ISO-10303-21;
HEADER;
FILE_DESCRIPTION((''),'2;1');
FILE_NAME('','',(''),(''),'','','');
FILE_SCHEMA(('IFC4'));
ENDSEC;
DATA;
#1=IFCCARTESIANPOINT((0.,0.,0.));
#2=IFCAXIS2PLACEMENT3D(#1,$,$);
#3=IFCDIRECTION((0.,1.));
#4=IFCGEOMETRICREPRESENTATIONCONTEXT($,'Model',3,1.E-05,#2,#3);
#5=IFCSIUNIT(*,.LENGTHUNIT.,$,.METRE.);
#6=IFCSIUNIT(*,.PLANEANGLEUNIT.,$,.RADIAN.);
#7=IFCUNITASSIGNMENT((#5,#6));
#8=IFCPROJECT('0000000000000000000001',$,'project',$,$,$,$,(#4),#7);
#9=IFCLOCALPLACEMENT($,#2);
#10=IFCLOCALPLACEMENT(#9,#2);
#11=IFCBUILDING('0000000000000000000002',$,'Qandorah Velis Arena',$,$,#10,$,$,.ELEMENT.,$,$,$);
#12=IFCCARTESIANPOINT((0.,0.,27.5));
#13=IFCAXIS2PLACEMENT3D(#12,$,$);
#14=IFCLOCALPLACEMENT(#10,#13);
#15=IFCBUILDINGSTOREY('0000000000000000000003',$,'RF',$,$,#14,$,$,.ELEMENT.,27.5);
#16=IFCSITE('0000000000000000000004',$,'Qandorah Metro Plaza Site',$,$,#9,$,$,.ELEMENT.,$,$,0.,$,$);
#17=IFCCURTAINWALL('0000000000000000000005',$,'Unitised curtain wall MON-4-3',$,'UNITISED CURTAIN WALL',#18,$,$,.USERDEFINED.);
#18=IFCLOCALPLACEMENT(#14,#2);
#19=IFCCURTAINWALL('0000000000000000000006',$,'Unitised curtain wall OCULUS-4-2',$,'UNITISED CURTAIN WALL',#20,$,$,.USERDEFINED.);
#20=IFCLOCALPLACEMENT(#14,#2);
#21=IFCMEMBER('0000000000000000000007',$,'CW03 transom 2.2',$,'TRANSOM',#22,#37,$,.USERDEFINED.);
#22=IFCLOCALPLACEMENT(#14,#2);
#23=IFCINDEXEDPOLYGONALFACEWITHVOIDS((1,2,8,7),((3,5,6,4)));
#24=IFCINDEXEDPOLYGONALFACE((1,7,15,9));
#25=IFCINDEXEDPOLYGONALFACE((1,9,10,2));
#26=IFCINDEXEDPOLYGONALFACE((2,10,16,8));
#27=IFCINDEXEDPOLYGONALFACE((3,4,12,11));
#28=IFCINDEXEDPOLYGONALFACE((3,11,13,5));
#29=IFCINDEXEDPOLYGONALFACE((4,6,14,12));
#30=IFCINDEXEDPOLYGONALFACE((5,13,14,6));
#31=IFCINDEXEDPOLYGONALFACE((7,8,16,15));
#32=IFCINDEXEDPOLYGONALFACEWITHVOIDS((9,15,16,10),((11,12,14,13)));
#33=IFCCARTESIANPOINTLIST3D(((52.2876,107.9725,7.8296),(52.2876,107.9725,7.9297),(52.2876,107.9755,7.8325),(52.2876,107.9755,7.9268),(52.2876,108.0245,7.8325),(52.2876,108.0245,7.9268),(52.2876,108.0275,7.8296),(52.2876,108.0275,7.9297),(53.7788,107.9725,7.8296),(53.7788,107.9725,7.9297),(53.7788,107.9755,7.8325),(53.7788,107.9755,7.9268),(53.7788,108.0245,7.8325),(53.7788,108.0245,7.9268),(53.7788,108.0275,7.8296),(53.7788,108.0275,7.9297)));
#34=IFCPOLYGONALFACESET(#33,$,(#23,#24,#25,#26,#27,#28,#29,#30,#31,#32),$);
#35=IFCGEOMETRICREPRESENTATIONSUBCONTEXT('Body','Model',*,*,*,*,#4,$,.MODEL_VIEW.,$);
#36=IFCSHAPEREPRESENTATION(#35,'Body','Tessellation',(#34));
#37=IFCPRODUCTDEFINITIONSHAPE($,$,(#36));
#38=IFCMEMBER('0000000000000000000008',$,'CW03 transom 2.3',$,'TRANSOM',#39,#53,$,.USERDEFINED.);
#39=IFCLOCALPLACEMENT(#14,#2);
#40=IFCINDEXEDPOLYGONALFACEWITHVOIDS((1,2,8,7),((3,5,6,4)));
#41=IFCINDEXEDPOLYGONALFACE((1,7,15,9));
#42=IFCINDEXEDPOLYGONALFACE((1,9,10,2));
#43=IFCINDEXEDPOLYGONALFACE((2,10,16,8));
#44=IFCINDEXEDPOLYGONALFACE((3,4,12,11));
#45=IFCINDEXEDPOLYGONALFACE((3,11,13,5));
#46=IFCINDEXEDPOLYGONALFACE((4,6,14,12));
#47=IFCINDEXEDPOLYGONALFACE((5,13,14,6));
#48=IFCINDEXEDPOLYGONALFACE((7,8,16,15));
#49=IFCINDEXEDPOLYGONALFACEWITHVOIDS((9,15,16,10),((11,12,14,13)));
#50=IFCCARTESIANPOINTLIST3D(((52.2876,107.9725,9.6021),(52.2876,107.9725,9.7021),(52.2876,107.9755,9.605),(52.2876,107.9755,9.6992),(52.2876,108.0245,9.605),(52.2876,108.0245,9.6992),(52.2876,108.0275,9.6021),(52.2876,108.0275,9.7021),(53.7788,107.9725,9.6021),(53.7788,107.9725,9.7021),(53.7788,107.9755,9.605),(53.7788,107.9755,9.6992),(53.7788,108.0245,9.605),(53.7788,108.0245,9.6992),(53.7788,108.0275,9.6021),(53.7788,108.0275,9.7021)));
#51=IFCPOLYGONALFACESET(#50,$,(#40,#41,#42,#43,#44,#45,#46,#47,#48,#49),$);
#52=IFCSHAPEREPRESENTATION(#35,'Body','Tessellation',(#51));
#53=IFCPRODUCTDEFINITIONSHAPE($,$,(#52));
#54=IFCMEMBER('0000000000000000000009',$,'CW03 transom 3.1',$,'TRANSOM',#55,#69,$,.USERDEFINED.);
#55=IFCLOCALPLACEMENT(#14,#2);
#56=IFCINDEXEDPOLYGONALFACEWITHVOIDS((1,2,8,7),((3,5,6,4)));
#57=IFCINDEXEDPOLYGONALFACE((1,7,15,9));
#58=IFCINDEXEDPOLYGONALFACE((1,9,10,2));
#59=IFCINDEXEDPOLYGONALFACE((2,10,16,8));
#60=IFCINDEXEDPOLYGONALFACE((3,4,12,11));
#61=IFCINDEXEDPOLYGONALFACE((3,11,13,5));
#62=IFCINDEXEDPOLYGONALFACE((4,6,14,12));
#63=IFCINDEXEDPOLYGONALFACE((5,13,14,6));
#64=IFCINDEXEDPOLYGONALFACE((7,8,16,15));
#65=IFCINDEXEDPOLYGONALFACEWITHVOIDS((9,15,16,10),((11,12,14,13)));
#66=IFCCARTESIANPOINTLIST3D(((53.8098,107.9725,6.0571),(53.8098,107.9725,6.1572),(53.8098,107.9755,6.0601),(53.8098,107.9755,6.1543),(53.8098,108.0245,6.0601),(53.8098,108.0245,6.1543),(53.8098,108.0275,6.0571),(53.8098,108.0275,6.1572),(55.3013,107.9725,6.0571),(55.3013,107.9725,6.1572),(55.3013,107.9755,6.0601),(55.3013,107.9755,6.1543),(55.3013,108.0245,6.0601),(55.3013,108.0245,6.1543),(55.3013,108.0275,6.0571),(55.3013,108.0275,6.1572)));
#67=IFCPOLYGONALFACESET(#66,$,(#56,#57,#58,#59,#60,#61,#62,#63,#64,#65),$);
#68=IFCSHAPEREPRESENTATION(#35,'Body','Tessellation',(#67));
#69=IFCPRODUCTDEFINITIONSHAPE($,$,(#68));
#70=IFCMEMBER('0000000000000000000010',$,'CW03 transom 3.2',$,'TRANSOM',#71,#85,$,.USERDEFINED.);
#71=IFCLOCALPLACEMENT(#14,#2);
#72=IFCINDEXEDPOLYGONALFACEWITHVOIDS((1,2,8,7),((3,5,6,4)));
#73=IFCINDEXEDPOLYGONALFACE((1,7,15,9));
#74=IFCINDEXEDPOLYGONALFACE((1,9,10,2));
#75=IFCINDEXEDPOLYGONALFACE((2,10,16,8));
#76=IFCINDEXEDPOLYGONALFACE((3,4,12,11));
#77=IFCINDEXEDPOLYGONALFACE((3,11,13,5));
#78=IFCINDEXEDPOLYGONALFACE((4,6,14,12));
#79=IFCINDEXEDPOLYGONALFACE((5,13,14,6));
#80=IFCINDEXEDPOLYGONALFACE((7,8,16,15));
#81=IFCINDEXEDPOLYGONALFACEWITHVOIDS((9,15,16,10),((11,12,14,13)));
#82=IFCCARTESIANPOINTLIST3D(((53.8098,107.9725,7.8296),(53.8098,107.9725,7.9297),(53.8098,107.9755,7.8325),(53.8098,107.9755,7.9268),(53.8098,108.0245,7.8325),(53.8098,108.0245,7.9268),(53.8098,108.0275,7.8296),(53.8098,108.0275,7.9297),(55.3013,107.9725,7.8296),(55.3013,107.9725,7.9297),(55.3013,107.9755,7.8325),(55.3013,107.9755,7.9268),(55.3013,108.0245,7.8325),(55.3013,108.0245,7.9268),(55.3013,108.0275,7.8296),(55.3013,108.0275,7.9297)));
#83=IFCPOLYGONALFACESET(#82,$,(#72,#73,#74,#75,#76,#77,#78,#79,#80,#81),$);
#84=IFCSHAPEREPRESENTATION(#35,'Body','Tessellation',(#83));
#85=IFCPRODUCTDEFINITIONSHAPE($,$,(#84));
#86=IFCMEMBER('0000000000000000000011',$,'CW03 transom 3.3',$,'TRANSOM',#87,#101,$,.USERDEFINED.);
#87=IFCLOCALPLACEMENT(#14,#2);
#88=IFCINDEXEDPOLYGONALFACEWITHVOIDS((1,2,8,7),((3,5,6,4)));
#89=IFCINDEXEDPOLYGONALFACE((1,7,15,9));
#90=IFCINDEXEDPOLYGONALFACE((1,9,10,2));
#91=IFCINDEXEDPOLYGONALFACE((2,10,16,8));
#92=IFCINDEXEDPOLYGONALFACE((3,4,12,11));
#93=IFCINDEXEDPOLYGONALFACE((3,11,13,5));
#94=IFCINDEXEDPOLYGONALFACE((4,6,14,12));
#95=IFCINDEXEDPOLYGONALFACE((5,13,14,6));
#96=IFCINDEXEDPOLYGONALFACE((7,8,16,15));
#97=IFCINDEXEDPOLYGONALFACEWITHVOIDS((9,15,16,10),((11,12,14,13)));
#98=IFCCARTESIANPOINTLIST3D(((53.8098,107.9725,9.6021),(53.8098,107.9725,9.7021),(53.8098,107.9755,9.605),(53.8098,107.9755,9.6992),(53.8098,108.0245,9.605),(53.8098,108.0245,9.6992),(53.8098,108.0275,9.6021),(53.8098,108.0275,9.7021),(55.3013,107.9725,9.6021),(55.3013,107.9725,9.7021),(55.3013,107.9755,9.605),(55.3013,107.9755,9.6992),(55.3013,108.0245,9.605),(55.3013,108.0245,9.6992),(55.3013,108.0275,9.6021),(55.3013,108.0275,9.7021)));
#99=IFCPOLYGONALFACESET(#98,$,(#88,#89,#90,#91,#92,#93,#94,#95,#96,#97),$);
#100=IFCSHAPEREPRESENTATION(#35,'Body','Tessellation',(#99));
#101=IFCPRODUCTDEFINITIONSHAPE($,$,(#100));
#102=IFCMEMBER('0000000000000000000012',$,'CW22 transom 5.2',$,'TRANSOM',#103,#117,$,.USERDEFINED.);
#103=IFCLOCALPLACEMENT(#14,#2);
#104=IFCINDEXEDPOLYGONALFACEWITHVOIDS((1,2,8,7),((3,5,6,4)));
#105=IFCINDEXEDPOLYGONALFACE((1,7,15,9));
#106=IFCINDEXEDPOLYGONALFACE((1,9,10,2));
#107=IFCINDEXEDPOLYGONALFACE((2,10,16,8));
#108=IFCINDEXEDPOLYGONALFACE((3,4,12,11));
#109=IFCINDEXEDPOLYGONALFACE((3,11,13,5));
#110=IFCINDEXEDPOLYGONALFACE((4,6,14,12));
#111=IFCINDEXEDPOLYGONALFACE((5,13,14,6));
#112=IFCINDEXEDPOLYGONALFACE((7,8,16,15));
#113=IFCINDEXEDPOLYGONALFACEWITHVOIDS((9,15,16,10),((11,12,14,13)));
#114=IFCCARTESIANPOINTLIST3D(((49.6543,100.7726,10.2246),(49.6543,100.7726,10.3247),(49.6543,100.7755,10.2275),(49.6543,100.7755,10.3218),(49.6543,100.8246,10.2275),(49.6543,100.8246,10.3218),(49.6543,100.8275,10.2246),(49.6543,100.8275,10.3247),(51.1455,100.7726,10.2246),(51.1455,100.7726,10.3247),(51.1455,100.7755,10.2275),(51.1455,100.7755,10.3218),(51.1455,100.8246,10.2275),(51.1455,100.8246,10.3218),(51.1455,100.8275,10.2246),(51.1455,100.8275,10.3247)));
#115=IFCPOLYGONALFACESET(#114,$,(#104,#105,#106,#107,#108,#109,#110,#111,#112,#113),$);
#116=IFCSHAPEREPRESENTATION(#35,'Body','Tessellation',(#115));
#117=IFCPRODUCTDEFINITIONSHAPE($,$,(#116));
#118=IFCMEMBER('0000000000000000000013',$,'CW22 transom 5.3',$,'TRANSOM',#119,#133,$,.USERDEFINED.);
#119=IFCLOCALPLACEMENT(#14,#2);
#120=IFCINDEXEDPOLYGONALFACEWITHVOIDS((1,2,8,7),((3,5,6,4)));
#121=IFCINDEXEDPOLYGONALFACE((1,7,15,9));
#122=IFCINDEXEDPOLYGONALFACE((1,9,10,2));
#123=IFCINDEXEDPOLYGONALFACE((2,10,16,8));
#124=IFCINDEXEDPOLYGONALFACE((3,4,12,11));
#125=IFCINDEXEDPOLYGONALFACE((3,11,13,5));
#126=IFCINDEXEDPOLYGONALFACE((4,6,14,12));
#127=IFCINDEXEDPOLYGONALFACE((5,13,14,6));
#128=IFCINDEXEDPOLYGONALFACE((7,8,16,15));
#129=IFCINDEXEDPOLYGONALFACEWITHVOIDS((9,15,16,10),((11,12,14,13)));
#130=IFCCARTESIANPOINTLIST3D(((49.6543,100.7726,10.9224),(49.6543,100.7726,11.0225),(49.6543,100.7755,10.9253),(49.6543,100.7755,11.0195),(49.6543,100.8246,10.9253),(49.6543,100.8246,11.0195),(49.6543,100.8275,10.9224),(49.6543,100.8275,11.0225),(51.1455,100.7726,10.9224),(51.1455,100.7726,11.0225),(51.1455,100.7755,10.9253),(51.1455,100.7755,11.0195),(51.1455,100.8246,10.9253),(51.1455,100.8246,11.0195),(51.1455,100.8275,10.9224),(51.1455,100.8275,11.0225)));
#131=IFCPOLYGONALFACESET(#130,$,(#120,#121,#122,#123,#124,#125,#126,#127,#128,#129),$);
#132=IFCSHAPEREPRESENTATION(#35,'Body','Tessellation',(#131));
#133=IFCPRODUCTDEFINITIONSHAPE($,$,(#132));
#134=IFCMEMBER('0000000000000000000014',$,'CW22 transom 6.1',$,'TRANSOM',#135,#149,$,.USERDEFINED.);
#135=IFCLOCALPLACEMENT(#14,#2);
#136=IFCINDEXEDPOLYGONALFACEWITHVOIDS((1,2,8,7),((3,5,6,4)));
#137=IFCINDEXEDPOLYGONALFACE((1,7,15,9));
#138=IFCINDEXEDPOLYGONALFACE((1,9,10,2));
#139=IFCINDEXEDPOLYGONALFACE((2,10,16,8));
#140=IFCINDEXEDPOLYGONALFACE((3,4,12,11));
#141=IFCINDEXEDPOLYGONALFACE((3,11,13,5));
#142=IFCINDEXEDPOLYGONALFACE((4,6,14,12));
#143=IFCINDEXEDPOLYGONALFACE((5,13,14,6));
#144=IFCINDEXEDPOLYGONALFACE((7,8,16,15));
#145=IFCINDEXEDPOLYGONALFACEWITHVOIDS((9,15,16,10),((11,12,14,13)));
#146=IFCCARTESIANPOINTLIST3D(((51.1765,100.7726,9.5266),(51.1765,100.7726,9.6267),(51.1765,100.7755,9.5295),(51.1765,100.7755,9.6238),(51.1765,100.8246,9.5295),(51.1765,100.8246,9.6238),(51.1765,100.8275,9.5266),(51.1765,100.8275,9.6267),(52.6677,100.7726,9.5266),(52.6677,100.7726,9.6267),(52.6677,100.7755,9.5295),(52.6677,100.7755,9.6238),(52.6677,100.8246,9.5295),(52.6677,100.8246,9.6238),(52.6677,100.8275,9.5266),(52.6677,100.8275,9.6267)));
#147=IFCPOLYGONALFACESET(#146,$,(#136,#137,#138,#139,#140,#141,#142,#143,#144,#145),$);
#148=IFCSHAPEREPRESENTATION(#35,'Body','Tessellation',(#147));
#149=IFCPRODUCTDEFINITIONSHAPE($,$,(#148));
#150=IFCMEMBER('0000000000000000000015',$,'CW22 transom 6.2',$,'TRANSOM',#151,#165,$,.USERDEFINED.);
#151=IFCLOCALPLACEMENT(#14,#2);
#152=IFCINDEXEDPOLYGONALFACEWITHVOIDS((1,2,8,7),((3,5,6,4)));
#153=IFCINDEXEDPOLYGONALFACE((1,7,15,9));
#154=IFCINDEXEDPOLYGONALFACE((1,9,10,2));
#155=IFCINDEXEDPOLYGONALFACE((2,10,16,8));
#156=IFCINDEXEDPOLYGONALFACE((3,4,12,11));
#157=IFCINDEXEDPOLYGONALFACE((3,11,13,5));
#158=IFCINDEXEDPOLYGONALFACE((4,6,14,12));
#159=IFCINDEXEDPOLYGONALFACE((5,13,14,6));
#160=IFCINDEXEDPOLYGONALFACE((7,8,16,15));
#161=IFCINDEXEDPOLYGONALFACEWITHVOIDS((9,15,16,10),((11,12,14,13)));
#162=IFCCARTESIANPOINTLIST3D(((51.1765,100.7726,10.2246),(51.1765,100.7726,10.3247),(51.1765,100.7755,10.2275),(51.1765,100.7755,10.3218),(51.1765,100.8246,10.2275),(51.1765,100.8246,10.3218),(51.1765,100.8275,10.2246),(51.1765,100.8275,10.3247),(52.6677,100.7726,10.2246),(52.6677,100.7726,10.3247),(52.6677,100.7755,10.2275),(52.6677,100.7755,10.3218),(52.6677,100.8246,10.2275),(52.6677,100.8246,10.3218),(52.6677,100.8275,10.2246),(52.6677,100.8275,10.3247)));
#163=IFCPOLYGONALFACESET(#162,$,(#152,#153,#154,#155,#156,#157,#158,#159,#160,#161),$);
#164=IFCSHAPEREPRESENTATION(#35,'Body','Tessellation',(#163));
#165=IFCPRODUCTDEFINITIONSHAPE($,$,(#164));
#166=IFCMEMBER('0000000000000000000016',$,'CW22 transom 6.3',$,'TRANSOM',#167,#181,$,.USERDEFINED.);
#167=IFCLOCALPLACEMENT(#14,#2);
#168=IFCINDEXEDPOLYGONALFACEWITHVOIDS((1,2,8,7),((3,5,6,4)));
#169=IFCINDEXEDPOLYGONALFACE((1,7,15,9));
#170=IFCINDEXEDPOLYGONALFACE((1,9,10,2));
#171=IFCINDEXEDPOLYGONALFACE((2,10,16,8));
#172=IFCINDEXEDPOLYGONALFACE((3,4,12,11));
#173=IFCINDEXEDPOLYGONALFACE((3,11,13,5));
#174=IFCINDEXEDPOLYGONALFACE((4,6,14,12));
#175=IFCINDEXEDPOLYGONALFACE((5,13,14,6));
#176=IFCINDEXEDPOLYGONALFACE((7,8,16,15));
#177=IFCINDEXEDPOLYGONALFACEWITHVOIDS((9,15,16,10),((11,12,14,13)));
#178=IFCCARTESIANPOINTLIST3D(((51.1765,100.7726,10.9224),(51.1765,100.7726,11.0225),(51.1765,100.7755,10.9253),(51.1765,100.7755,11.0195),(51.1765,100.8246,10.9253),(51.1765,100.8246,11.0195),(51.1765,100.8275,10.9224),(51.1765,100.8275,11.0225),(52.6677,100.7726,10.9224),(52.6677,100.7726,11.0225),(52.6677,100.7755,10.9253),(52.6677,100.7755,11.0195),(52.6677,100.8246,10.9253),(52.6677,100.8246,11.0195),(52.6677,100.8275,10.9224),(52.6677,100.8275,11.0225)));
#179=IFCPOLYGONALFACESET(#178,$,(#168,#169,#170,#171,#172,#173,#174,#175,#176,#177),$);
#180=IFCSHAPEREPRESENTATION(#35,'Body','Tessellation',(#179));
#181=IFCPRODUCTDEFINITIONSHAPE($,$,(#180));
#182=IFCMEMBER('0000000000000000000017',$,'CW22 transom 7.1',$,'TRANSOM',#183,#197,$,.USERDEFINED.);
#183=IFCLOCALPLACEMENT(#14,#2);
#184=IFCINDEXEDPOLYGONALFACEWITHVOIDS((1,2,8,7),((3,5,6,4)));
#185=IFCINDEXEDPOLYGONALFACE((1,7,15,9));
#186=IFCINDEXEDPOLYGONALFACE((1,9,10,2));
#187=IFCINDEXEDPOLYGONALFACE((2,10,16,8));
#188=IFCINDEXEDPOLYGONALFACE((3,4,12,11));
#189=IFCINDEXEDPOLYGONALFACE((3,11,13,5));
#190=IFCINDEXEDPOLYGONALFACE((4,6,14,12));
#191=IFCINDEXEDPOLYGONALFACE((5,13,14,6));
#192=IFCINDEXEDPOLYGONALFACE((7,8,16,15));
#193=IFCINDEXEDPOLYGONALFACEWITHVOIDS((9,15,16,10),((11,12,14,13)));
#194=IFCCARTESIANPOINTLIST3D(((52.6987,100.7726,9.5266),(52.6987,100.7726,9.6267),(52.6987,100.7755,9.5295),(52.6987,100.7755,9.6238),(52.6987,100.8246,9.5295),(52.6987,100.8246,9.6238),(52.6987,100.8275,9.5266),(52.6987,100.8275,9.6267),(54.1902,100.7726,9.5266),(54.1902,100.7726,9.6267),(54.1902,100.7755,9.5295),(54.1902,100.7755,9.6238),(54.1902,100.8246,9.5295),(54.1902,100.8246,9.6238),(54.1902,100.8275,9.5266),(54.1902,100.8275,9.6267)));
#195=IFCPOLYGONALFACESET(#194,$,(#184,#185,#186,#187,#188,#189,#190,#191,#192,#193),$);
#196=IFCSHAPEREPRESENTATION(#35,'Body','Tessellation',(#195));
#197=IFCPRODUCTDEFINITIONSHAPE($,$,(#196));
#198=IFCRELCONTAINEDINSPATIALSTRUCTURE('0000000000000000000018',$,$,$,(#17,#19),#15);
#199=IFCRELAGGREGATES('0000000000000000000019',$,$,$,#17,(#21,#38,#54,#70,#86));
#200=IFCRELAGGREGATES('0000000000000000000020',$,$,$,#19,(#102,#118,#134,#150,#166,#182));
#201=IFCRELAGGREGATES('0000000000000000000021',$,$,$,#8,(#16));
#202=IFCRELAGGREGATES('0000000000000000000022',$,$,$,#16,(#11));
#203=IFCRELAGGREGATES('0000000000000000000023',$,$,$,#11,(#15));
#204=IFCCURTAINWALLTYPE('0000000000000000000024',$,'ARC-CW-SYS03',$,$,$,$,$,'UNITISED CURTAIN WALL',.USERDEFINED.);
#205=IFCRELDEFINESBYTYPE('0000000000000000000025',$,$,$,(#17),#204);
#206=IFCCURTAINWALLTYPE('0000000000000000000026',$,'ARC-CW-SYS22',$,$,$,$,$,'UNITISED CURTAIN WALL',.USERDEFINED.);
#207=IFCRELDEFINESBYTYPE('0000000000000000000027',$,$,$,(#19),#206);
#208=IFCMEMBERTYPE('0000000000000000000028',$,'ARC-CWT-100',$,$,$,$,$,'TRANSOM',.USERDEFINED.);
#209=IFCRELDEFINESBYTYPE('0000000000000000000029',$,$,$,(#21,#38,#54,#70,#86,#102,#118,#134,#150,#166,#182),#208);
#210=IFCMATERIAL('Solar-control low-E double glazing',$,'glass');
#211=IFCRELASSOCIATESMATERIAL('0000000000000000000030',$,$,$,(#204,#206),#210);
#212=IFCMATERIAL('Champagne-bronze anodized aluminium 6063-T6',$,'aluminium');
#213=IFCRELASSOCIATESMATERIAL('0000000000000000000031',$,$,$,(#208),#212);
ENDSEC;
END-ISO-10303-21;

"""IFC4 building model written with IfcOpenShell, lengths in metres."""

from ifc_helpers import new_model, si_unit, direction, frame, origin, origin_2d, place, context, subcontext, project, spatial, hollow_rectangle, extrude, material, material_profile, profile_set, type_object, element, aggregate, save


model = new_model("IFC4")

# Units and contexts
model_context = context("Model", 3, precision=1e-05, world=origin(), true_north=direction((0.0, 1.0)))
body_context = subcontext(model_context, "Body", "Model", "MODEL_VIEW")
ifc_project = project(units=[si_unit("LENGTHUNIT", "METRE"), si_unit("PLANEANGLEUNIT", "RADIAN")], contexts=[model_context])

# Site, building, storey
site_placement = place(None, origin())
site = spatial("IfcSite", under=ifc_project, at=site_placement, Name="Qandorah Metro Plaza Site", CompositionType="ELEMENT", RefElevation=0.0)
building_placement = place(site_placement, origin())
building = spatial("IfcBuilding", under=site, at=building_placement, Name="Qandorah Velis Arena", CompositionType="ELEMENT")
storey_placement = place(building_placement, frame((0.0, 0.0, 27.5)))
storey = spatial("IfcBuildingStorey", under=building, at=storey_placement, Name="RF", CompositionType="ELEMENT", Elevation=27.5)

# Shared definitions
ifc_material_1 = material(Name="Solar-control low-E double glazing", Category="glass")
ifc_material_2 = material(Name="Champagne-bronze anodized aluminium 6063-T6", Category="aluminium")

# Curtain walls
curtain_wall_type_1 = type_object("IfcCurtainWallType", Name="ARC-CW-SYS03", ElementType="UNITISED CURTAIN WALL", PredefinedType="USERDEFINED", material=ifc_material_1)
curtain_wall_1_placement = place(storey_placement, origin())
curtain_wall_1 = element("IfcCurtainWall", 1, at=curtain_wall_1_placement, inside=storey, type_object=curtain_wall_type_1, Name="Unitised curtain wall MON-4-3", ObjectType="UNITISED CURTAIN WALL", PredefinedType="USERDEFINED")
curtain_wall_type_2 = type_object("IfcCurtainWallType", Name="ARC-CW-SYS22", ElementType="UNITISED CURTAIN WALL", PredefinedType="USERDEFINED", material=ifc_material_1)
curtain_wall_2_placement = place(storey_placement, origin())
curtain_wall_2 = element("IfcCurtainWall", 2, at=curtain_wall_2_placement, inside=storey, type_object=curtain_wall_type_2, Name="Unitised curtain wall OCULUS-4-2", ObjectType="UNITISED CURTAIN WALL", PredefinedType="USERDEFINED")

# Members
ifc_material_profile_1 = material_profile(ifc_material_2, hollow_rectangle(XDim=0.0549, YDim=0.1001, WallThickness=0.0029, at=origin_2d()), Name="ALU TRANSOM 55x100")
ifc_profile_set_1 = profile_set([ifc_material_profile_1], Name="Champagne-bronze anodized aluminium 6063-T6")
member_type_1 = type_object("IfcMemberType", Name="ARC-CWT-100", ElementType="TRANSOM", PredefinedType="USERDEFINED", material=ifc_profile_set_1)
member_1_placement = place(storey_placement, frame((52.2876, 108.0, 7.8796), z_axis=(1.0, 0.0, 0.0), x_axis=(0.0, 1.0, 0.0)))
member_1 = element("IfcMember", 3, at=member_1_placement, type_object=member_type_1, Name="CW03 transom 2.2", ObjectType="TRANSOM", PredefinedType="USERDEFINED", context=body_context, shape_type="SweptSolid", body=[
    extrude(hollow_rectangle(XDim=0.0549, YDim=0.1001, WallThickness=0.0029, at=origin_2d()), origin(), (0.0, 0.0, 1.0), 1.4912),
])
member_2_placement = place(storey_placement, frame((52.2876, 108.0, 9.6521), z_axis=(1.0, 0.0, 0.0), x_axis=(0.0, 1.0, 0.0)))
member_2 = element("IfcMember", 4, at=member_2_placement, type_object=member_type_1, Name="CW03 transom 2.3", ObjectType="TRANSOM", PredefinedType="USERDEFINED", context=body_context, shape_type="SweptSolid", body=[
    extrude(hollow_rectangle(XDim=0.0549, YDim=0.1001, WallThickness=0.0029, at=origin_2d()), origin(), (0.0, 0.0, 1.0), 1.4912),
])
member_3_placement = place(storey_placement, frame((53.8098, 108.0, 6.1072), z_axis=(1.0, 0.0, 0.0), x_axis=(0.0, 1.0, 0.0)))
member_3 = element("IfcMember", 5, at=member_3_placement, type_object=member_type_1, Name="CW03 transom 3.1", ObjectType="TRANSOM", PredefinedType="USERDEFINED", context=body_context, shape_type="SweptSolid", body=[
    extrude(hollow_rectangle(XDim=0.0549, YDim=0.1001, WallThickness=0.0029, at=origin_2d()), origin(), (0.0, 0.0, 1.0), 1.4915),
])
member_4_placement = place(storey_placement, frame((53.8098, 108.0, 7.8796), z_axis=(1.0, 0.0, 0.0), x_axis=(0.0, 1.0, 0.0)))
member_4 = element("IfcMember", 6, at=member_4_placement, type_object=member_type_1, Name="CW03 transom 3.2", ObjectType="TRANSOM", PredefinedType="USERDEFINED", context=body_context, shape_type="SweptSolid", body=[
    extrude(hollow_rectangle(XDim=0.0549, YDim=0.1001, WallThickness=0.0029, at=origin_2d()), origin(), (0.0, 0.0, 1.0), 1.4915),
])
member_5_placement = place(storey_placement, frame((53.8098, 108.0, 9.6521), z_axis=(1.0, 0.0, 0.0), x_axis=(0.0, 1.0, 0.0)))
member_5 = element("IfcMember", 7, at=member_5_placement, type_object=member_type_1, Name="CW03 transom 3.3", ObjectType="TRANSOM", PredefinedType="USERDEFINED", context=body_context, shape_type="SweptSolid", body=[
    extrude(hollow_rectangle(XDim=0.0549, YDim=0.1001, WallThickness=0.0029, at=origin_2d()), origin(), (0.0, 0.0, 1.0), 1.4915),
])
member_6_placement = place(storey_placement, frame((49.6543, 100.8, 10.2747), z_axis=(1.0, 0.0, 0.0), x_axis=(0.0, 1.0, 0.0)))
member_6 = element("IfcMember", 8, at=member_6_placement, type_object=member_type_1, Name="CW22 transom 5.2", ObjectType="TRANSOM", PredefinedType="USERDEFINED", context=body_context, shape_type="SweptSolid", body=[
    extrude(hollow_rectangle(XDim=0.0549, YDim=0.1001, WallThickness=0.0029, at=origin_2d()), origin(), (0.0, 0.0, 1.0), 1.4912),
])
member_7_placement = place(storey_placement, frame((49.6543, 100.8, 10.9724), z_axis=(1.0, 0.0, 0.0), x_axis=(0.0, 1.0, 0.0)))
member_7 = element("IfcMember", 9, at=member_7_placement, type_object=member_type_1, Name="CW22 transom 5.3", ObjectType="TRANSOM", PredefinedType="USERDEFINED", context=body_context, shape_type="SweptSolid", body=[
    extrude(hollow_rectangle(XDim=0.0549, YDim=0.1001, WallThickness=0.0029, at=origin_2d()), origin(), (0.0, 0.0, 1.0), 1.4912),
])
member_8_placement = place(storey_placement, frame((51.1765, 100.8, 9.5767), z_axis=(1.0, 0.0, 0.0), x_axis=(0.0, 1.0, 0.0)))
member_8 = element("IfcMember", 10, at=member_8_placement, type_object=member_type_1, Name="CW22 transom 6.1", ObjectType="TRANSOM", PredefinedType="USERDEFINED", context=body_context, shape_type="SweptSolid", body=[
    extrude(hollow_rectangle(XDim=0.0549, YDim=0.1001, WallThickness=0.0029, at=origin_2d()), origin(), (0.0, 0.0, 1.0), 1.4912),
])
member_9_placement = place(storey_placement, frame((51.1765, 100.8, 10.2747), z_axis=(1.0, 0.0, 0.0), x_axis=(0.0, 1.0, 0.0)))
member_9 = element("IfcMember", 11, at=member_9_placement, type_object=member_type_1, Name="CW22 transom 6.2", ObjectType="TRANSOM", PredefinedType="USERDEFINED", context=body_context, shape_type="SweptSolid", body=[
    extrude(hollow_rectangle(XDim=0.0549, YDim=0.1001, WallThickness=0.0029, at=origin_2d()), origin(), (0.0, 0.0, 1.0), 1.4912),
])
member_10_placement = place(storey_placement, frame((51.1765, 100.8, 10.9724), z_axis=(1.0, 0.0, 0.0), x_axis=(0.0, 1.0, 0.0)))
member_10 = element("IfcMember", 12, at=member_10_placement, type_object=member_type_1, Name="CW22 transom 6.3", ObjectType="TRANSOM", PredefinedType="USERDEFINED", context=body_context, shape_type="SweptSolid", body=[
    extrude(hollow_rectangle(XDim=0.0549, YDim=0.1001, WallThickness=0.0029, at=origin_2d()), origin(), (0.0, 0.0, 1.0), 1.4912),
])
member_11_placement = place(storey_placement, frame((52.6987, 100.8, 9.5767), z_axis=(1.0, 0.0, 0.0), x_axis=(0.0, 1.0, 0.0)))
member_11 = element("IfcMember", 13, at=member_11_placement, type_object=member_type_1, Name="CW22 transom 7.1", ObjectType="TRANSOM", PredefinedType="USERDEFINED", context=body_context, shape_type="SweptSolid", body=[
    extrude(hollow_rectangle(XDim=0.0549, YDim=0.1001, WallThickness=0.0029, at=origin_2d()), origin(), (0.0, 0.0, 1.0), 1.4915),
])

aggregate(curtain_wall_1, [member_1, member_2, member_3, member_4, member_5])
aggregate(curtain_wall_2, [member_6, member_7, member_8, member_9, member_10, member_11])

save(model, "model.ifc")
